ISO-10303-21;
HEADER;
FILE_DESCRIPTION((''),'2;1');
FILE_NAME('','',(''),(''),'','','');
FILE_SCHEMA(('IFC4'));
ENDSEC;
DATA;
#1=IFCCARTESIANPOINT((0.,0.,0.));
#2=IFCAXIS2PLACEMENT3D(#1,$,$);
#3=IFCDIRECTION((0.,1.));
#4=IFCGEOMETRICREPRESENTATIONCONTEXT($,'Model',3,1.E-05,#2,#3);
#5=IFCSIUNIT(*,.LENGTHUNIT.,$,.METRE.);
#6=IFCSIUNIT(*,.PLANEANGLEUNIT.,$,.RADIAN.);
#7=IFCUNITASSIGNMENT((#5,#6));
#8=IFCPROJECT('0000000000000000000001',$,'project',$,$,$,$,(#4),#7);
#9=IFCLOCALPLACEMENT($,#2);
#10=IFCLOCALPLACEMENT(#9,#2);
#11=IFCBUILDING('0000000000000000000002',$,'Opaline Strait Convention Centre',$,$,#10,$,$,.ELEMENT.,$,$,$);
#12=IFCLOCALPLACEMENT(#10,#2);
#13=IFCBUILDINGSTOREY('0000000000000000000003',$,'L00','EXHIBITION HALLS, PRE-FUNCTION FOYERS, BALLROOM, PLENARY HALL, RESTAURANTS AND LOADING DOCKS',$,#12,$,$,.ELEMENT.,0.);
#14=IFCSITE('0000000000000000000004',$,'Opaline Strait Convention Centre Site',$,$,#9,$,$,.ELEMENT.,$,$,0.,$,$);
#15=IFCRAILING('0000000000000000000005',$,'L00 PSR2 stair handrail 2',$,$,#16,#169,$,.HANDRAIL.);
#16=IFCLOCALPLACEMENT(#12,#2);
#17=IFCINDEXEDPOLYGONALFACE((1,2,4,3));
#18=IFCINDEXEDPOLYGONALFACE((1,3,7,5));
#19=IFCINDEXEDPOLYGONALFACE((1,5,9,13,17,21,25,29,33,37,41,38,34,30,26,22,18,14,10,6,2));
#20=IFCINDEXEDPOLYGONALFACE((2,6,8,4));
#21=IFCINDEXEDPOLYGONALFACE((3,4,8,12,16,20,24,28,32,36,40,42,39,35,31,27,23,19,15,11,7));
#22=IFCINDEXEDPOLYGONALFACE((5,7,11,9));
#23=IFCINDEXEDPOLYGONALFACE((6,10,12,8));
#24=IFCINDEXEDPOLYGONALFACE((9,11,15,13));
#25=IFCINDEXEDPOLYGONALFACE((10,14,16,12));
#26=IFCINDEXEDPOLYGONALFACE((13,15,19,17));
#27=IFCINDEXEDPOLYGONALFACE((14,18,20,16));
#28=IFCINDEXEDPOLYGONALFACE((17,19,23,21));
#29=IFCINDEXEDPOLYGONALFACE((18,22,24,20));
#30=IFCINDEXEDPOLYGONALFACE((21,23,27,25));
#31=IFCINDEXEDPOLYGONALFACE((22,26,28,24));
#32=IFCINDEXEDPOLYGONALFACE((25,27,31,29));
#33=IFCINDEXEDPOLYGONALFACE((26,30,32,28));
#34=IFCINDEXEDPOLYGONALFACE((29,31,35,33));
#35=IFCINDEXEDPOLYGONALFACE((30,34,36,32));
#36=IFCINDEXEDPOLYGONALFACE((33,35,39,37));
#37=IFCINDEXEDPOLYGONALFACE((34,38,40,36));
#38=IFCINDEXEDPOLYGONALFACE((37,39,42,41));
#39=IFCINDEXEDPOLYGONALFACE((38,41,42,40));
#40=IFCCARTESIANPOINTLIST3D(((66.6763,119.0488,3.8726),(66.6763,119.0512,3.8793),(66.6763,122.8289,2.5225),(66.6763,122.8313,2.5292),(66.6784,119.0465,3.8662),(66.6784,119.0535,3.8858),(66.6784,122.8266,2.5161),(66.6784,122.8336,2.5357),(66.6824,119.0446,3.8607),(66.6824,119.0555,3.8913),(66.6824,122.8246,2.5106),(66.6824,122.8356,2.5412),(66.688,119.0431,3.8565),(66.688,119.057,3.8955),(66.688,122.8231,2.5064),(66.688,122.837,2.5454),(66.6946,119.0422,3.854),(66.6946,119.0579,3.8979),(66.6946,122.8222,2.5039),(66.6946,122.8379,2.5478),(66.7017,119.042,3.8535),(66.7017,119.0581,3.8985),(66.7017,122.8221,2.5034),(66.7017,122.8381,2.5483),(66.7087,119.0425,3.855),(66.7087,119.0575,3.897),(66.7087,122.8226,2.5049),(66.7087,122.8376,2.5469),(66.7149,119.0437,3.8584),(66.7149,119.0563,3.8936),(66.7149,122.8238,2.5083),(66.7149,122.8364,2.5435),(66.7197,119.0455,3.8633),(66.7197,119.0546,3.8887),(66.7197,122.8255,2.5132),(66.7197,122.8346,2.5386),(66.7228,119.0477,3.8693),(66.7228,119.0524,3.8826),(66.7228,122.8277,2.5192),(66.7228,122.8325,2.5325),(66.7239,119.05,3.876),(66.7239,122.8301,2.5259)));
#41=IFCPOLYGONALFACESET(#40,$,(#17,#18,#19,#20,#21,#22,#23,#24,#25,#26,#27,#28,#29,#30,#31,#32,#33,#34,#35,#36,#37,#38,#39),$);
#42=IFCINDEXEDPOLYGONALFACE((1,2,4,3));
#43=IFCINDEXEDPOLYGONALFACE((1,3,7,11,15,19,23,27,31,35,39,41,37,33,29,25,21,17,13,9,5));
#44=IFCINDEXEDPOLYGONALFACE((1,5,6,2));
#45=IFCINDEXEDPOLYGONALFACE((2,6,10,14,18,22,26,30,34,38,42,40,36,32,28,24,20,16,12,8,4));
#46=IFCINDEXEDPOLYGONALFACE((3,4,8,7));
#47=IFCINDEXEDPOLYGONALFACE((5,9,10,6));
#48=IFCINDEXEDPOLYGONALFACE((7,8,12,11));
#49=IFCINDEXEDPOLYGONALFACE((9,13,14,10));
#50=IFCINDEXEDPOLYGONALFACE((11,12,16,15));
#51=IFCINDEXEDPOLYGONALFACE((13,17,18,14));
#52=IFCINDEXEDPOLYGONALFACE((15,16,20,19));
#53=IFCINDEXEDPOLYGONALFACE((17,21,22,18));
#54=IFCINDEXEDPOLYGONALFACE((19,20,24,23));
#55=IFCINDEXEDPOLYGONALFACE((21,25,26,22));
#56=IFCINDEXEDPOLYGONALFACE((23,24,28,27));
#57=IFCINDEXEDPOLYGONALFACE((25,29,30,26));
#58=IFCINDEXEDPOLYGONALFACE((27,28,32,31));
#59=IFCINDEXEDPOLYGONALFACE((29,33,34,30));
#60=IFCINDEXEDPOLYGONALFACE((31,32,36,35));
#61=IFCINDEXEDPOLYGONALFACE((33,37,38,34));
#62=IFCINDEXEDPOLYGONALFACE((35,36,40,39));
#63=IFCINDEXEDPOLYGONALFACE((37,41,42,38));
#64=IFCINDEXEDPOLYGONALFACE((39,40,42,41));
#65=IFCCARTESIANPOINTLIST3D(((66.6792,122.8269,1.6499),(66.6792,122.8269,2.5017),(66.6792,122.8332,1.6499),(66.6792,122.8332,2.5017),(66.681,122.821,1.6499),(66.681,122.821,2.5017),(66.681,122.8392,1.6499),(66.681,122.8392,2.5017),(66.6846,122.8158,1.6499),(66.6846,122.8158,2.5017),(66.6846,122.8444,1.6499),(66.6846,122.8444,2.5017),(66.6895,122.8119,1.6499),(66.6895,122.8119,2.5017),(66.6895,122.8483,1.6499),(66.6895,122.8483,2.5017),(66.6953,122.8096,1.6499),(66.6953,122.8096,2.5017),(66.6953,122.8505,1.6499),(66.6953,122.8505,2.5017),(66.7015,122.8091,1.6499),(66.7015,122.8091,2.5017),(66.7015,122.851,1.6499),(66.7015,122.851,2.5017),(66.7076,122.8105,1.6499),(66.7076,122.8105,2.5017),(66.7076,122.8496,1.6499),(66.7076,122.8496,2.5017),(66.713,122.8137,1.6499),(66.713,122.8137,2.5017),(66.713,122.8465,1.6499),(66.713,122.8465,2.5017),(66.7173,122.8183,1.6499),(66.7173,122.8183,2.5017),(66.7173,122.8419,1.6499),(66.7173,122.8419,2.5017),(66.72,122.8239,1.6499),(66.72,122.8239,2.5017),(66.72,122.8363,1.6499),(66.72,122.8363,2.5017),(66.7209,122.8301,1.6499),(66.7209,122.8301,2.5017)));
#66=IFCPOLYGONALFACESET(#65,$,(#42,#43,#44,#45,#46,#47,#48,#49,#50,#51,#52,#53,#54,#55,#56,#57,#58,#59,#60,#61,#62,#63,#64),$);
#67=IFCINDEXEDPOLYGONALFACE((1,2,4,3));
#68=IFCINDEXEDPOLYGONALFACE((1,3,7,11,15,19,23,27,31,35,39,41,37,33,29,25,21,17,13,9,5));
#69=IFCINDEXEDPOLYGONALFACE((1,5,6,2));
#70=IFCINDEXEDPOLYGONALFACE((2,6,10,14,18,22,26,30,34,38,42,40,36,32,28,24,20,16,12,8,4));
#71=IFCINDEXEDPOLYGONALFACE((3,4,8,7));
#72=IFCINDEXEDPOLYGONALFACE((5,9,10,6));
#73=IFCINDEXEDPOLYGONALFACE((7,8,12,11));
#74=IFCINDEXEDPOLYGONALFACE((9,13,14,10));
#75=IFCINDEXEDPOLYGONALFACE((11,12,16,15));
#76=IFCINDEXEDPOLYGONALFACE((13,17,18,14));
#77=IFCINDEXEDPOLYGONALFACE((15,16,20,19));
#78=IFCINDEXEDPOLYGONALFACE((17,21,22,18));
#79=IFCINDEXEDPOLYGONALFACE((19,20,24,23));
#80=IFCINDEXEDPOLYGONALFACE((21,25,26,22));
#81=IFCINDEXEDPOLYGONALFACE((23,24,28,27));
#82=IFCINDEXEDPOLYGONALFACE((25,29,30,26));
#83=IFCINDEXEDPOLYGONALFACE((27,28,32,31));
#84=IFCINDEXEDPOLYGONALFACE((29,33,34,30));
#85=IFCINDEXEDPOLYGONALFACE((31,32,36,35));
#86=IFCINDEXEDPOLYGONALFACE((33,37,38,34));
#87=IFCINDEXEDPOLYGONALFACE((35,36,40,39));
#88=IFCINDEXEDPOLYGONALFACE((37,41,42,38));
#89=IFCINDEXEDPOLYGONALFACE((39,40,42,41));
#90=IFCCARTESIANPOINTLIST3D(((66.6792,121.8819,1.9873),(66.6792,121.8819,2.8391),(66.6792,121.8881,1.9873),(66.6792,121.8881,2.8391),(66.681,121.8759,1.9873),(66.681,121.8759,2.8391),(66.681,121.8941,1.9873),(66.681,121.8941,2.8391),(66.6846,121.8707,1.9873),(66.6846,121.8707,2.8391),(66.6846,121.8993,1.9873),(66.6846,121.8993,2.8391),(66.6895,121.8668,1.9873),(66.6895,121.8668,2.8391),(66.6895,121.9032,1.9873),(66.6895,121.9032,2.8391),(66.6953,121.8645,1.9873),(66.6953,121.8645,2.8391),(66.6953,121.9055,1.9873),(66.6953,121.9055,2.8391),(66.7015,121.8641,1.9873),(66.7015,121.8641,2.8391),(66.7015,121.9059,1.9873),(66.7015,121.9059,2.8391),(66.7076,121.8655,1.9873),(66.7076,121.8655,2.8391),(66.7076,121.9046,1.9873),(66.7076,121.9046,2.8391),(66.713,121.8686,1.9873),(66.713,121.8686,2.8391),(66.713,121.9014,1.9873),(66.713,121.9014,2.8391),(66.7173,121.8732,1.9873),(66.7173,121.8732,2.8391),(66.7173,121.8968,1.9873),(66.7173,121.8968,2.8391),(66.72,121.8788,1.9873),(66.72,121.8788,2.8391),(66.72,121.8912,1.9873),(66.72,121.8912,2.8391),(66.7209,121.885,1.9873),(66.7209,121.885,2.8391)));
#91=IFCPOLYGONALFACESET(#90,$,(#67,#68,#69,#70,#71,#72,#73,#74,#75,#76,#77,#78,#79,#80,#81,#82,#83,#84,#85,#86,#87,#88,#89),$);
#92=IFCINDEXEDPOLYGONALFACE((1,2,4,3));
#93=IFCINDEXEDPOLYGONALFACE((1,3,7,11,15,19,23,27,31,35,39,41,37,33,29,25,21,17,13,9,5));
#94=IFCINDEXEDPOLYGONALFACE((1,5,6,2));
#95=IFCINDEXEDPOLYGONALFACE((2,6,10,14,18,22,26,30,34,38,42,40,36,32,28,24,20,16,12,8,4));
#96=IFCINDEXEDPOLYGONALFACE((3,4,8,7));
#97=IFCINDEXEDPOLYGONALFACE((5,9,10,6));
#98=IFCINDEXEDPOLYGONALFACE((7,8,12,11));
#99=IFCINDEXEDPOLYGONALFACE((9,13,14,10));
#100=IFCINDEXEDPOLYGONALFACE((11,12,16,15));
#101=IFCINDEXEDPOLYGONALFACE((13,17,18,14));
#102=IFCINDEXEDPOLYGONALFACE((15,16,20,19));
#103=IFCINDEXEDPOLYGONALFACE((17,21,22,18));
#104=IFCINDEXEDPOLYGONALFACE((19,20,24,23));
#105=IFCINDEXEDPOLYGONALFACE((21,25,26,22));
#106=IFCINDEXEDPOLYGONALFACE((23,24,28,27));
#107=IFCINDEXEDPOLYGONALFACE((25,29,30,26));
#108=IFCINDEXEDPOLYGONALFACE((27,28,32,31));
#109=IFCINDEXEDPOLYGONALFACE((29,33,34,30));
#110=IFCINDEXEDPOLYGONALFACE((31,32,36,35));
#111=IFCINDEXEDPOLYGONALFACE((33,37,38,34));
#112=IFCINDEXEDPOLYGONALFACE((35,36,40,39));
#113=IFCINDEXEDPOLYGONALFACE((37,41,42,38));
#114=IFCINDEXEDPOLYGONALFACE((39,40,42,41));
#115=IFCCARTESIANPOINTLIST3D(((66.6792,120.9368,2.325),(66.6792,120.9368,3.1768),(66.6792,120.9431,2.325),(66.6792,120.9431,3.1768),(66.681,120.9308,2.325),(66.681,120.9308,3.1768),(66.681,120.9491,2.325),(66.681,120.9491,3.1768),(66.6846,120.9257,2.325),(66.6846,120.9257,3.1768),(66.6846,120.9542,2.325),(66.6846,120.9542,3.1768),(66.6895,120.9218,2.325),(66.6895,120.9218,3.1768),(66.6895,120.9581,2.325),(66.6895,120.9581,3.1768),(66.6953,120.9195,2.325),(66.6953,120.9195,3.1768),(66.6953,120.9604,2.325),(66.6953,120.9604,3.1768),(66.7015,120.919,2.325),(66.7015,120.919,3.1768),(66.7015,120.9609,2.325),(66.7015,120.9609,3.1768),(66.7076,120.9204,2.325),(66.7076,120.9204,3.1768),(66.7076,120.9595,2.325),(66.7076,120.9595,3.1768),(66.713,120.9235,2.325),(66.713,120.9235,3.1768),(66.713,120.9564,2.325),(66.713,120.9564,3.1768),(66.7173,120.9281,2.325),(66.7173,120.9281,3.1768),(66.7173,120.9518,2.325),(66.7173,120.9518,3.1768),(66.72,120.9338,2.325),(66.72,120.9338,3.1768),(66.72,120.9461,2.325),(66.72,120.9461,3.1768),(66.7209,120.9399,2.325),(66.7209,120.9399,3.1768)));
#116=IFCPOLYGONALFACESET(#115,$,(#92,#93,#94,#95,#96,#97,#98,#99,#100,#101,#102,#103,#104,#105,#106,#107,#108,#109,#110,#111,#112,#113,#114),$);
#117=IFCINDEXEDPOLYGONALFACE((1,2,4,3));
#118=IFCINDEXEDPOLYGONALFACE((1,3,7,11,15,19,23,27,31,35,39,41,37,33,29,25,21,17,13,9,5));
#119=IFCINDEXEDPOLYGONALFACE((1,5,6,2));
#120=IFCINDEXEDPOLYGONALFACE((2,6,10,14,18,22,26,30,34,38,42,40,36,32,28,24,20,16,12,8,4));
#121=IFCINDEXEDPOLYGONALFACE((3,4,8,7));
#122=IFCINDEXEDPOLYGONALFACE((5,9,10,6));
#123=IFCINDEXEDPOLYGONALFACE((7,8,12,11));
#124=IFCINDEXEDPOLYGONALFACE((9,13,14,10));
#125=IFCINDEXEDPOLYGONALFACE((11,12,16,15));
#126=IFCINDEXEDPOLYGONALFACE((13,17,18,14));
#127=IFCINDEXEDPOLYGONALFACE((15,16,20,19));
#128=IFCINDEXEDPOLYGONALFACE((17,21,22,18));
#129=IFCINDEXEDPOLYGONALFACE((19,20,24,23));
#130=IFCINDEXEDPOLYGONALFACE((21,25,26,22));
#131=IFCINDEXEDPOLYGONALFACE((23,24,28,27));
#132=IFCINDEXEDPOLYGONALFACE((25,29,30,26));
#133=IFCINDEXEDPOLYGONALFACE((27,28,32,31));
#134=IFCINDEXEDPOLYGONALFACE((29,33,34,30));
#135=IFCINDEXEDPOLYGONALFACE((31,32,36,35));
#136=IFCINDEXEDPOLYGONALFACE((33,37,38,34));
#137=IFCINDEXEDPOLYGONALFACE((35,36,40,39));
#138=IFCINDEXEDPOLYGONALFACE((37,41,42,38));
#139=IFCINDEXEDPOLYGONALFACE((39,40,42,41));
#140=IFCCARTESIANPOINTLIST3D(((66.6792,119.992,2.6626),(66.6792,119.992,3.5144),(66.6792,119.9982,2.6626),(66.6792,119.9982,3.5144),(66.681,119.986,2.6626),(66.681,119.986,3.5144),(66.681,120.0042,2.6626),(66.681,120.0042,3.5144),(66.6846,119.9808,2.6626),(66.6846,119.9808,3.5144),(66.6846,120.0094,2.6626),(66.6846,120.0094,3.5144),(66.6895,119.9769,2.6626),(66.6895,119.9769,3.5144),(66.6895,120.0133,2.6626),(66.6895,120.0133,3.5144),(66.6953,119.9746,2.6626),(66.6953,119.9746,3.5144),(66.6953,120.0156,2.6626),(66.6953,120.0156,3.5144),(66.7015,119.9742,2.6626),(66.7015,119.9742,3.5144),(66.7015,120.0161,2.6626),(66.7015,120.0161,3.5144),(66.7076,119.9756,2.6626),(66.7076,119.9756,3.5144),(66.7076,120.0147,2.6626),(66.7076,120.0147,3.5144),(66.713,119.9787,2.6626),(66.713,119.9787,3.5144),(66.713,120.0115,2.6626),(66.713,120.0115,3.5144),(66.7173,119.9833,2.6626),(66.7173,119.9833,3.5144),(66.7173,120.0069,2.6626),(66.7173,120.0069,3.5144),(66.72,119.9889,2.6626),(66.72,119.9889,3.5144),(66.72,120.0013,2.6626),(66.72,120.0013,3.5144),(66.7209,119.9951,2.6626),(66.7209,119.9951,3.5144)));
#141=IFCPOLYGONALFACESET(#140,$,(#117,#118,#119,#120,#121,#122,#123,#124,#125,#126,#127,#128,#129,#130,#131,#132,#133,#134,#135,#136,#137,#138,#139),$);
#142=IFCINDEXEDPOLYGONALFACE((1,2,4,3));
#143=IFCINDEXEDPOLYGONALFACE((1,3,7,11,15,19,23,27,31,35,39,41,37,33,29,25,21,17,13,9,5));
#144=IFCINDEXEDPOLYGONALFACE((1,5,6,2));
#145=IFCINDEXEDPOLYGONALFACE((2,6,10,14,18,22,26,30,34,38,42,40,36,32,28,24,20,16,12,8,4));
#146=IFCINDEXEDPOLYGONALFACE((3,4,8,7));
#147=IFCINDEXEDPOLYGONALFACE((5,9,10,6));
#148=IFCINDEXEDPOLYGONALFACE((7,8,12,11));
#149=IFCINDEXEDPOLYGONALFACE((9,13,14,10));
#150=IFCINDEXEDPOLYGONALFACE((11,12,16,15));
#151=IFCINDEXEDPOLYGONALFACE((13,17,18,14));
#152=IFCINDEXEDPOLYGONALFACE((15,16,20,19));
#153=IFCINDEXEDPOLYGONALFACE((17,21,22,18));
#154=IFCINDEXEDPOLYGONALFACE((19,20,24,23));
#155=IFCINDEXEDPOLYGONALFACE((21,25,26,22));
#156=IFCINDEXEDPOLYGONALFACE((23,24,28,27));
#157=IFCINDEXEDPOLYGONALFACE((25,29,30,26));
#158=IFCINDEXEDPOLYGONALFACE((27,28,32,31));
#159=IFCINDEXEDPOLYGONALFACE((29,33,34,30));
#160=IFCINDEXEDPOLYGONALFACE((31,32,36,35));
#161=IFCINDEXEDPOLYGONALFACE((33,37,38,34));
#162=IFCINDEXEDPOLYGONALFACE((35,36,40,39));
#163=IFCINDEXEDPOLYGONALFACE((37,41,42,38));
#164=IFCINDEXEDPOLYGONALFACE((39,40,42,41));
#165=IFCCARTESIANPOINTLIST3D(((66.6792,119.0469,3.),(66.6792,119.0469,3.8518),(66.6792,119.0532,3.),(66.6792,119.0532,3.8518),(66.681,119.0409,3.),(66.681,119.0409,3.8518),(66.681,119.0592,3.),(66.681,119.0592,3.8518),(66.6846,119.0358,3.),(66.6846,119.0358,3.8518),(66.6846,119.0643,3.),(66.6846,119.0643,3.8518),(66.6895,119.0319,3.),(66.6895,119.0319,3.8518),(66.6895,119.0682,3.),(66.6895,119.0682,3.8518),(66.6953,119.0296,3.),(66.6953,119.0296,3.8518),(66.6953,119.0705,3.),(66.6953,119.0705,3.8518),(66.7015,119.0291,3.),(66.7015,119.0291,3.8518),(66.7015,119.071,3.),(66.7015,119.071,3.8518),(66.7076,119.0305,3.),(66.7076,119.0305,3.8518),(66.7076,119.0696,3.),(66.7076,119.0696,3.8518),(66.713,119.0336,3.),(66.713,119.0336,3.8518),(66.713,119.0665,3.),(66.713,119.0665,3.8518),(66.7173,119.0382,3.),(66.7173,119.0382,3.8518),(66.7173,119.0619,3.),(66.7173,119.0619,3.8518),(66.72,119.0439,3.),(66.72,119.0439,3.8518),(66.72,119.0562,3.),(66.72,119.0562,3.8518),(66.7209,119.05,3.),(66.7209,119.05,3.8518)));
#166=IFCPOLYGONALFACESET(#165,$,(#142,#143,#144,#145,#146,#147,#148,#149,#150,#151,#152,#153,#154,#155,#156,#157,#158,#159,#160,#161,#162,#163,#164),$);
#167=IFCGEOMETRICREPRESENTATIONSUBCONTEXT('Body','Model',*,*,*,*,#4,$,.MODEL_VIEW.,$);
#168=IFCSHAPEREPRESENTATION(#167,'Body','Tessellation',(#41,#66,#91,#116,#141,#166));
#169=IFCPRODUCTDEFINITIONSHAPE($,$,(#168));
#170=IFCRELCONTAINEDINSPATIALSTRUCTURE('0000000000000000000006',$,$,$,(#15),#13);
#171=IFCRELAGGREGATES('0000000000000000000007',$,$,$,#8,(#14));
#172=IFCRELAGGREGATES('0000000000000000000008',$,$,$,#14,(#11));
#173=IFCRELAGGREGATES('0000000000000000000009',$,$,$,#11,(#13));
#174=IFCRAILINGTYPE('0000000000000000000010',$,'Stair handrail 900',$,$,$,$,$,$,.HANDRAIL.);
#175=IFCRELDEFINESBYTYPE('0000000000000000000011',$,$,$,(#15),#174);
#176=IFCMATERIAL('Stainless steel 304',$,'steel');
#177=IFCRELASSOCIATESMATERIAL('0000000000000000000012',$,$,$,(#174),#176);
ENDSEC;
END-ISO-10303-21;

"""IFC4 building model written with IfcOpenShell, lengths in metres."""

from ifc_helpers import new_model, si_unit, direction, frame, origin, origin_2d, place, context, subcontext, project, spatial, circle, extrude, material, type_object, element, save


model = new_model("IFC4")

# Units and contexts
model_context = context("Model", 3, precision=1e-05, world=origin(), true_north=direction((0.0, 1.0)))
body_context = subcontext(model_context, "Body", "Model", "MODEL_VIEW")
ifc_project = project(units=[si_unit("LENGTHUNIT", "METRE"), si_unit("PLANEANGLEUNIT", "RADIAN")], contexts=[model_context])

# Site, building, storey
site_placement = place(None, origin())
site = spatial("IfcSite", under=ifc_project, at=site_placement, Name="Opaline Strait Convention Centre Site", CompositionType="ELEMENT", RefElevation=0.0)
building_placement = place(site_placement, origin())
building = spatial("IfcBuilding", under=site, at=building_placement, Name="Opaline Strait Convention Centre", CompositionType="ELEMENT")
storey_placement = place(building_placement, origin())
storey = spatial("IfcBuildingStorey", under=building, at=storey_placement, Name="L00", Description="EXHIBITION HALLS, PRE-FUNCTION FOYERS, BALLROOM, PLENARY HALL, RESTAURANTS AND LOADING DOCKS", CompositionType="ELEMENT", Elevation=0.0)

# Railing
ifc_material_1 = material(Name="Stainless steel 304", Category="steel")
railing_type_1 = type_object("IfcRailingType", Name="Stair handrail 900", PredefinedType="HANDRAIL", material=ifc_material_1)
railing_1_placement = place(storey_placement, frame((66.7, 122.8301, 1.6499)))
element("IfcRailing", 1, at=railing_1_placement, inside=storey, type_object=railing_type_1, Name="L00 PSR2 stair handrail 2", PredefinedType="HANDRAIL", context=body_context, shape_type="SweptSolid", body=[
    extrude(circle(Radius=0.0239, at=origin_2d()), frame((0.0, 0.0, 0.876), z_axis=(0.0, -0.941735, 0.336356), x_axis=(1.0, 0.0, 0.0)), (0.0, 0.0, 1.0), 4.0139),
    extrude(circle(Radius=0.021, at=origin_2d()), origin(), (0.0, 0.0, 1.0), 0.8518),
    extrude(circle(Radius=0.021, at=origin_2d()), frame((0.0, -0.9451, 0.3374)), (0.0, 0.0, 1.0), 0.8518),
    extrude(circle(Radius=0.021, at=origin_2d()), frame((0.0, -1.8901, 0.675)), (0.0, 0.0, 1.0), 0.8518),
    extrude(circle(Radius=0.021, at=origin_2d()), frame((0.0, -2.835, 1.0127)), (0.0, 0.0, 1.0), 0.8518),
    extrude(circle(Radius=0.021, at=origin_2d()), frame((0.0, -3.78, 1.3501)), (0.0, 0.0, 1.0), 0.8518),
])

save(model, "model.ifc")
